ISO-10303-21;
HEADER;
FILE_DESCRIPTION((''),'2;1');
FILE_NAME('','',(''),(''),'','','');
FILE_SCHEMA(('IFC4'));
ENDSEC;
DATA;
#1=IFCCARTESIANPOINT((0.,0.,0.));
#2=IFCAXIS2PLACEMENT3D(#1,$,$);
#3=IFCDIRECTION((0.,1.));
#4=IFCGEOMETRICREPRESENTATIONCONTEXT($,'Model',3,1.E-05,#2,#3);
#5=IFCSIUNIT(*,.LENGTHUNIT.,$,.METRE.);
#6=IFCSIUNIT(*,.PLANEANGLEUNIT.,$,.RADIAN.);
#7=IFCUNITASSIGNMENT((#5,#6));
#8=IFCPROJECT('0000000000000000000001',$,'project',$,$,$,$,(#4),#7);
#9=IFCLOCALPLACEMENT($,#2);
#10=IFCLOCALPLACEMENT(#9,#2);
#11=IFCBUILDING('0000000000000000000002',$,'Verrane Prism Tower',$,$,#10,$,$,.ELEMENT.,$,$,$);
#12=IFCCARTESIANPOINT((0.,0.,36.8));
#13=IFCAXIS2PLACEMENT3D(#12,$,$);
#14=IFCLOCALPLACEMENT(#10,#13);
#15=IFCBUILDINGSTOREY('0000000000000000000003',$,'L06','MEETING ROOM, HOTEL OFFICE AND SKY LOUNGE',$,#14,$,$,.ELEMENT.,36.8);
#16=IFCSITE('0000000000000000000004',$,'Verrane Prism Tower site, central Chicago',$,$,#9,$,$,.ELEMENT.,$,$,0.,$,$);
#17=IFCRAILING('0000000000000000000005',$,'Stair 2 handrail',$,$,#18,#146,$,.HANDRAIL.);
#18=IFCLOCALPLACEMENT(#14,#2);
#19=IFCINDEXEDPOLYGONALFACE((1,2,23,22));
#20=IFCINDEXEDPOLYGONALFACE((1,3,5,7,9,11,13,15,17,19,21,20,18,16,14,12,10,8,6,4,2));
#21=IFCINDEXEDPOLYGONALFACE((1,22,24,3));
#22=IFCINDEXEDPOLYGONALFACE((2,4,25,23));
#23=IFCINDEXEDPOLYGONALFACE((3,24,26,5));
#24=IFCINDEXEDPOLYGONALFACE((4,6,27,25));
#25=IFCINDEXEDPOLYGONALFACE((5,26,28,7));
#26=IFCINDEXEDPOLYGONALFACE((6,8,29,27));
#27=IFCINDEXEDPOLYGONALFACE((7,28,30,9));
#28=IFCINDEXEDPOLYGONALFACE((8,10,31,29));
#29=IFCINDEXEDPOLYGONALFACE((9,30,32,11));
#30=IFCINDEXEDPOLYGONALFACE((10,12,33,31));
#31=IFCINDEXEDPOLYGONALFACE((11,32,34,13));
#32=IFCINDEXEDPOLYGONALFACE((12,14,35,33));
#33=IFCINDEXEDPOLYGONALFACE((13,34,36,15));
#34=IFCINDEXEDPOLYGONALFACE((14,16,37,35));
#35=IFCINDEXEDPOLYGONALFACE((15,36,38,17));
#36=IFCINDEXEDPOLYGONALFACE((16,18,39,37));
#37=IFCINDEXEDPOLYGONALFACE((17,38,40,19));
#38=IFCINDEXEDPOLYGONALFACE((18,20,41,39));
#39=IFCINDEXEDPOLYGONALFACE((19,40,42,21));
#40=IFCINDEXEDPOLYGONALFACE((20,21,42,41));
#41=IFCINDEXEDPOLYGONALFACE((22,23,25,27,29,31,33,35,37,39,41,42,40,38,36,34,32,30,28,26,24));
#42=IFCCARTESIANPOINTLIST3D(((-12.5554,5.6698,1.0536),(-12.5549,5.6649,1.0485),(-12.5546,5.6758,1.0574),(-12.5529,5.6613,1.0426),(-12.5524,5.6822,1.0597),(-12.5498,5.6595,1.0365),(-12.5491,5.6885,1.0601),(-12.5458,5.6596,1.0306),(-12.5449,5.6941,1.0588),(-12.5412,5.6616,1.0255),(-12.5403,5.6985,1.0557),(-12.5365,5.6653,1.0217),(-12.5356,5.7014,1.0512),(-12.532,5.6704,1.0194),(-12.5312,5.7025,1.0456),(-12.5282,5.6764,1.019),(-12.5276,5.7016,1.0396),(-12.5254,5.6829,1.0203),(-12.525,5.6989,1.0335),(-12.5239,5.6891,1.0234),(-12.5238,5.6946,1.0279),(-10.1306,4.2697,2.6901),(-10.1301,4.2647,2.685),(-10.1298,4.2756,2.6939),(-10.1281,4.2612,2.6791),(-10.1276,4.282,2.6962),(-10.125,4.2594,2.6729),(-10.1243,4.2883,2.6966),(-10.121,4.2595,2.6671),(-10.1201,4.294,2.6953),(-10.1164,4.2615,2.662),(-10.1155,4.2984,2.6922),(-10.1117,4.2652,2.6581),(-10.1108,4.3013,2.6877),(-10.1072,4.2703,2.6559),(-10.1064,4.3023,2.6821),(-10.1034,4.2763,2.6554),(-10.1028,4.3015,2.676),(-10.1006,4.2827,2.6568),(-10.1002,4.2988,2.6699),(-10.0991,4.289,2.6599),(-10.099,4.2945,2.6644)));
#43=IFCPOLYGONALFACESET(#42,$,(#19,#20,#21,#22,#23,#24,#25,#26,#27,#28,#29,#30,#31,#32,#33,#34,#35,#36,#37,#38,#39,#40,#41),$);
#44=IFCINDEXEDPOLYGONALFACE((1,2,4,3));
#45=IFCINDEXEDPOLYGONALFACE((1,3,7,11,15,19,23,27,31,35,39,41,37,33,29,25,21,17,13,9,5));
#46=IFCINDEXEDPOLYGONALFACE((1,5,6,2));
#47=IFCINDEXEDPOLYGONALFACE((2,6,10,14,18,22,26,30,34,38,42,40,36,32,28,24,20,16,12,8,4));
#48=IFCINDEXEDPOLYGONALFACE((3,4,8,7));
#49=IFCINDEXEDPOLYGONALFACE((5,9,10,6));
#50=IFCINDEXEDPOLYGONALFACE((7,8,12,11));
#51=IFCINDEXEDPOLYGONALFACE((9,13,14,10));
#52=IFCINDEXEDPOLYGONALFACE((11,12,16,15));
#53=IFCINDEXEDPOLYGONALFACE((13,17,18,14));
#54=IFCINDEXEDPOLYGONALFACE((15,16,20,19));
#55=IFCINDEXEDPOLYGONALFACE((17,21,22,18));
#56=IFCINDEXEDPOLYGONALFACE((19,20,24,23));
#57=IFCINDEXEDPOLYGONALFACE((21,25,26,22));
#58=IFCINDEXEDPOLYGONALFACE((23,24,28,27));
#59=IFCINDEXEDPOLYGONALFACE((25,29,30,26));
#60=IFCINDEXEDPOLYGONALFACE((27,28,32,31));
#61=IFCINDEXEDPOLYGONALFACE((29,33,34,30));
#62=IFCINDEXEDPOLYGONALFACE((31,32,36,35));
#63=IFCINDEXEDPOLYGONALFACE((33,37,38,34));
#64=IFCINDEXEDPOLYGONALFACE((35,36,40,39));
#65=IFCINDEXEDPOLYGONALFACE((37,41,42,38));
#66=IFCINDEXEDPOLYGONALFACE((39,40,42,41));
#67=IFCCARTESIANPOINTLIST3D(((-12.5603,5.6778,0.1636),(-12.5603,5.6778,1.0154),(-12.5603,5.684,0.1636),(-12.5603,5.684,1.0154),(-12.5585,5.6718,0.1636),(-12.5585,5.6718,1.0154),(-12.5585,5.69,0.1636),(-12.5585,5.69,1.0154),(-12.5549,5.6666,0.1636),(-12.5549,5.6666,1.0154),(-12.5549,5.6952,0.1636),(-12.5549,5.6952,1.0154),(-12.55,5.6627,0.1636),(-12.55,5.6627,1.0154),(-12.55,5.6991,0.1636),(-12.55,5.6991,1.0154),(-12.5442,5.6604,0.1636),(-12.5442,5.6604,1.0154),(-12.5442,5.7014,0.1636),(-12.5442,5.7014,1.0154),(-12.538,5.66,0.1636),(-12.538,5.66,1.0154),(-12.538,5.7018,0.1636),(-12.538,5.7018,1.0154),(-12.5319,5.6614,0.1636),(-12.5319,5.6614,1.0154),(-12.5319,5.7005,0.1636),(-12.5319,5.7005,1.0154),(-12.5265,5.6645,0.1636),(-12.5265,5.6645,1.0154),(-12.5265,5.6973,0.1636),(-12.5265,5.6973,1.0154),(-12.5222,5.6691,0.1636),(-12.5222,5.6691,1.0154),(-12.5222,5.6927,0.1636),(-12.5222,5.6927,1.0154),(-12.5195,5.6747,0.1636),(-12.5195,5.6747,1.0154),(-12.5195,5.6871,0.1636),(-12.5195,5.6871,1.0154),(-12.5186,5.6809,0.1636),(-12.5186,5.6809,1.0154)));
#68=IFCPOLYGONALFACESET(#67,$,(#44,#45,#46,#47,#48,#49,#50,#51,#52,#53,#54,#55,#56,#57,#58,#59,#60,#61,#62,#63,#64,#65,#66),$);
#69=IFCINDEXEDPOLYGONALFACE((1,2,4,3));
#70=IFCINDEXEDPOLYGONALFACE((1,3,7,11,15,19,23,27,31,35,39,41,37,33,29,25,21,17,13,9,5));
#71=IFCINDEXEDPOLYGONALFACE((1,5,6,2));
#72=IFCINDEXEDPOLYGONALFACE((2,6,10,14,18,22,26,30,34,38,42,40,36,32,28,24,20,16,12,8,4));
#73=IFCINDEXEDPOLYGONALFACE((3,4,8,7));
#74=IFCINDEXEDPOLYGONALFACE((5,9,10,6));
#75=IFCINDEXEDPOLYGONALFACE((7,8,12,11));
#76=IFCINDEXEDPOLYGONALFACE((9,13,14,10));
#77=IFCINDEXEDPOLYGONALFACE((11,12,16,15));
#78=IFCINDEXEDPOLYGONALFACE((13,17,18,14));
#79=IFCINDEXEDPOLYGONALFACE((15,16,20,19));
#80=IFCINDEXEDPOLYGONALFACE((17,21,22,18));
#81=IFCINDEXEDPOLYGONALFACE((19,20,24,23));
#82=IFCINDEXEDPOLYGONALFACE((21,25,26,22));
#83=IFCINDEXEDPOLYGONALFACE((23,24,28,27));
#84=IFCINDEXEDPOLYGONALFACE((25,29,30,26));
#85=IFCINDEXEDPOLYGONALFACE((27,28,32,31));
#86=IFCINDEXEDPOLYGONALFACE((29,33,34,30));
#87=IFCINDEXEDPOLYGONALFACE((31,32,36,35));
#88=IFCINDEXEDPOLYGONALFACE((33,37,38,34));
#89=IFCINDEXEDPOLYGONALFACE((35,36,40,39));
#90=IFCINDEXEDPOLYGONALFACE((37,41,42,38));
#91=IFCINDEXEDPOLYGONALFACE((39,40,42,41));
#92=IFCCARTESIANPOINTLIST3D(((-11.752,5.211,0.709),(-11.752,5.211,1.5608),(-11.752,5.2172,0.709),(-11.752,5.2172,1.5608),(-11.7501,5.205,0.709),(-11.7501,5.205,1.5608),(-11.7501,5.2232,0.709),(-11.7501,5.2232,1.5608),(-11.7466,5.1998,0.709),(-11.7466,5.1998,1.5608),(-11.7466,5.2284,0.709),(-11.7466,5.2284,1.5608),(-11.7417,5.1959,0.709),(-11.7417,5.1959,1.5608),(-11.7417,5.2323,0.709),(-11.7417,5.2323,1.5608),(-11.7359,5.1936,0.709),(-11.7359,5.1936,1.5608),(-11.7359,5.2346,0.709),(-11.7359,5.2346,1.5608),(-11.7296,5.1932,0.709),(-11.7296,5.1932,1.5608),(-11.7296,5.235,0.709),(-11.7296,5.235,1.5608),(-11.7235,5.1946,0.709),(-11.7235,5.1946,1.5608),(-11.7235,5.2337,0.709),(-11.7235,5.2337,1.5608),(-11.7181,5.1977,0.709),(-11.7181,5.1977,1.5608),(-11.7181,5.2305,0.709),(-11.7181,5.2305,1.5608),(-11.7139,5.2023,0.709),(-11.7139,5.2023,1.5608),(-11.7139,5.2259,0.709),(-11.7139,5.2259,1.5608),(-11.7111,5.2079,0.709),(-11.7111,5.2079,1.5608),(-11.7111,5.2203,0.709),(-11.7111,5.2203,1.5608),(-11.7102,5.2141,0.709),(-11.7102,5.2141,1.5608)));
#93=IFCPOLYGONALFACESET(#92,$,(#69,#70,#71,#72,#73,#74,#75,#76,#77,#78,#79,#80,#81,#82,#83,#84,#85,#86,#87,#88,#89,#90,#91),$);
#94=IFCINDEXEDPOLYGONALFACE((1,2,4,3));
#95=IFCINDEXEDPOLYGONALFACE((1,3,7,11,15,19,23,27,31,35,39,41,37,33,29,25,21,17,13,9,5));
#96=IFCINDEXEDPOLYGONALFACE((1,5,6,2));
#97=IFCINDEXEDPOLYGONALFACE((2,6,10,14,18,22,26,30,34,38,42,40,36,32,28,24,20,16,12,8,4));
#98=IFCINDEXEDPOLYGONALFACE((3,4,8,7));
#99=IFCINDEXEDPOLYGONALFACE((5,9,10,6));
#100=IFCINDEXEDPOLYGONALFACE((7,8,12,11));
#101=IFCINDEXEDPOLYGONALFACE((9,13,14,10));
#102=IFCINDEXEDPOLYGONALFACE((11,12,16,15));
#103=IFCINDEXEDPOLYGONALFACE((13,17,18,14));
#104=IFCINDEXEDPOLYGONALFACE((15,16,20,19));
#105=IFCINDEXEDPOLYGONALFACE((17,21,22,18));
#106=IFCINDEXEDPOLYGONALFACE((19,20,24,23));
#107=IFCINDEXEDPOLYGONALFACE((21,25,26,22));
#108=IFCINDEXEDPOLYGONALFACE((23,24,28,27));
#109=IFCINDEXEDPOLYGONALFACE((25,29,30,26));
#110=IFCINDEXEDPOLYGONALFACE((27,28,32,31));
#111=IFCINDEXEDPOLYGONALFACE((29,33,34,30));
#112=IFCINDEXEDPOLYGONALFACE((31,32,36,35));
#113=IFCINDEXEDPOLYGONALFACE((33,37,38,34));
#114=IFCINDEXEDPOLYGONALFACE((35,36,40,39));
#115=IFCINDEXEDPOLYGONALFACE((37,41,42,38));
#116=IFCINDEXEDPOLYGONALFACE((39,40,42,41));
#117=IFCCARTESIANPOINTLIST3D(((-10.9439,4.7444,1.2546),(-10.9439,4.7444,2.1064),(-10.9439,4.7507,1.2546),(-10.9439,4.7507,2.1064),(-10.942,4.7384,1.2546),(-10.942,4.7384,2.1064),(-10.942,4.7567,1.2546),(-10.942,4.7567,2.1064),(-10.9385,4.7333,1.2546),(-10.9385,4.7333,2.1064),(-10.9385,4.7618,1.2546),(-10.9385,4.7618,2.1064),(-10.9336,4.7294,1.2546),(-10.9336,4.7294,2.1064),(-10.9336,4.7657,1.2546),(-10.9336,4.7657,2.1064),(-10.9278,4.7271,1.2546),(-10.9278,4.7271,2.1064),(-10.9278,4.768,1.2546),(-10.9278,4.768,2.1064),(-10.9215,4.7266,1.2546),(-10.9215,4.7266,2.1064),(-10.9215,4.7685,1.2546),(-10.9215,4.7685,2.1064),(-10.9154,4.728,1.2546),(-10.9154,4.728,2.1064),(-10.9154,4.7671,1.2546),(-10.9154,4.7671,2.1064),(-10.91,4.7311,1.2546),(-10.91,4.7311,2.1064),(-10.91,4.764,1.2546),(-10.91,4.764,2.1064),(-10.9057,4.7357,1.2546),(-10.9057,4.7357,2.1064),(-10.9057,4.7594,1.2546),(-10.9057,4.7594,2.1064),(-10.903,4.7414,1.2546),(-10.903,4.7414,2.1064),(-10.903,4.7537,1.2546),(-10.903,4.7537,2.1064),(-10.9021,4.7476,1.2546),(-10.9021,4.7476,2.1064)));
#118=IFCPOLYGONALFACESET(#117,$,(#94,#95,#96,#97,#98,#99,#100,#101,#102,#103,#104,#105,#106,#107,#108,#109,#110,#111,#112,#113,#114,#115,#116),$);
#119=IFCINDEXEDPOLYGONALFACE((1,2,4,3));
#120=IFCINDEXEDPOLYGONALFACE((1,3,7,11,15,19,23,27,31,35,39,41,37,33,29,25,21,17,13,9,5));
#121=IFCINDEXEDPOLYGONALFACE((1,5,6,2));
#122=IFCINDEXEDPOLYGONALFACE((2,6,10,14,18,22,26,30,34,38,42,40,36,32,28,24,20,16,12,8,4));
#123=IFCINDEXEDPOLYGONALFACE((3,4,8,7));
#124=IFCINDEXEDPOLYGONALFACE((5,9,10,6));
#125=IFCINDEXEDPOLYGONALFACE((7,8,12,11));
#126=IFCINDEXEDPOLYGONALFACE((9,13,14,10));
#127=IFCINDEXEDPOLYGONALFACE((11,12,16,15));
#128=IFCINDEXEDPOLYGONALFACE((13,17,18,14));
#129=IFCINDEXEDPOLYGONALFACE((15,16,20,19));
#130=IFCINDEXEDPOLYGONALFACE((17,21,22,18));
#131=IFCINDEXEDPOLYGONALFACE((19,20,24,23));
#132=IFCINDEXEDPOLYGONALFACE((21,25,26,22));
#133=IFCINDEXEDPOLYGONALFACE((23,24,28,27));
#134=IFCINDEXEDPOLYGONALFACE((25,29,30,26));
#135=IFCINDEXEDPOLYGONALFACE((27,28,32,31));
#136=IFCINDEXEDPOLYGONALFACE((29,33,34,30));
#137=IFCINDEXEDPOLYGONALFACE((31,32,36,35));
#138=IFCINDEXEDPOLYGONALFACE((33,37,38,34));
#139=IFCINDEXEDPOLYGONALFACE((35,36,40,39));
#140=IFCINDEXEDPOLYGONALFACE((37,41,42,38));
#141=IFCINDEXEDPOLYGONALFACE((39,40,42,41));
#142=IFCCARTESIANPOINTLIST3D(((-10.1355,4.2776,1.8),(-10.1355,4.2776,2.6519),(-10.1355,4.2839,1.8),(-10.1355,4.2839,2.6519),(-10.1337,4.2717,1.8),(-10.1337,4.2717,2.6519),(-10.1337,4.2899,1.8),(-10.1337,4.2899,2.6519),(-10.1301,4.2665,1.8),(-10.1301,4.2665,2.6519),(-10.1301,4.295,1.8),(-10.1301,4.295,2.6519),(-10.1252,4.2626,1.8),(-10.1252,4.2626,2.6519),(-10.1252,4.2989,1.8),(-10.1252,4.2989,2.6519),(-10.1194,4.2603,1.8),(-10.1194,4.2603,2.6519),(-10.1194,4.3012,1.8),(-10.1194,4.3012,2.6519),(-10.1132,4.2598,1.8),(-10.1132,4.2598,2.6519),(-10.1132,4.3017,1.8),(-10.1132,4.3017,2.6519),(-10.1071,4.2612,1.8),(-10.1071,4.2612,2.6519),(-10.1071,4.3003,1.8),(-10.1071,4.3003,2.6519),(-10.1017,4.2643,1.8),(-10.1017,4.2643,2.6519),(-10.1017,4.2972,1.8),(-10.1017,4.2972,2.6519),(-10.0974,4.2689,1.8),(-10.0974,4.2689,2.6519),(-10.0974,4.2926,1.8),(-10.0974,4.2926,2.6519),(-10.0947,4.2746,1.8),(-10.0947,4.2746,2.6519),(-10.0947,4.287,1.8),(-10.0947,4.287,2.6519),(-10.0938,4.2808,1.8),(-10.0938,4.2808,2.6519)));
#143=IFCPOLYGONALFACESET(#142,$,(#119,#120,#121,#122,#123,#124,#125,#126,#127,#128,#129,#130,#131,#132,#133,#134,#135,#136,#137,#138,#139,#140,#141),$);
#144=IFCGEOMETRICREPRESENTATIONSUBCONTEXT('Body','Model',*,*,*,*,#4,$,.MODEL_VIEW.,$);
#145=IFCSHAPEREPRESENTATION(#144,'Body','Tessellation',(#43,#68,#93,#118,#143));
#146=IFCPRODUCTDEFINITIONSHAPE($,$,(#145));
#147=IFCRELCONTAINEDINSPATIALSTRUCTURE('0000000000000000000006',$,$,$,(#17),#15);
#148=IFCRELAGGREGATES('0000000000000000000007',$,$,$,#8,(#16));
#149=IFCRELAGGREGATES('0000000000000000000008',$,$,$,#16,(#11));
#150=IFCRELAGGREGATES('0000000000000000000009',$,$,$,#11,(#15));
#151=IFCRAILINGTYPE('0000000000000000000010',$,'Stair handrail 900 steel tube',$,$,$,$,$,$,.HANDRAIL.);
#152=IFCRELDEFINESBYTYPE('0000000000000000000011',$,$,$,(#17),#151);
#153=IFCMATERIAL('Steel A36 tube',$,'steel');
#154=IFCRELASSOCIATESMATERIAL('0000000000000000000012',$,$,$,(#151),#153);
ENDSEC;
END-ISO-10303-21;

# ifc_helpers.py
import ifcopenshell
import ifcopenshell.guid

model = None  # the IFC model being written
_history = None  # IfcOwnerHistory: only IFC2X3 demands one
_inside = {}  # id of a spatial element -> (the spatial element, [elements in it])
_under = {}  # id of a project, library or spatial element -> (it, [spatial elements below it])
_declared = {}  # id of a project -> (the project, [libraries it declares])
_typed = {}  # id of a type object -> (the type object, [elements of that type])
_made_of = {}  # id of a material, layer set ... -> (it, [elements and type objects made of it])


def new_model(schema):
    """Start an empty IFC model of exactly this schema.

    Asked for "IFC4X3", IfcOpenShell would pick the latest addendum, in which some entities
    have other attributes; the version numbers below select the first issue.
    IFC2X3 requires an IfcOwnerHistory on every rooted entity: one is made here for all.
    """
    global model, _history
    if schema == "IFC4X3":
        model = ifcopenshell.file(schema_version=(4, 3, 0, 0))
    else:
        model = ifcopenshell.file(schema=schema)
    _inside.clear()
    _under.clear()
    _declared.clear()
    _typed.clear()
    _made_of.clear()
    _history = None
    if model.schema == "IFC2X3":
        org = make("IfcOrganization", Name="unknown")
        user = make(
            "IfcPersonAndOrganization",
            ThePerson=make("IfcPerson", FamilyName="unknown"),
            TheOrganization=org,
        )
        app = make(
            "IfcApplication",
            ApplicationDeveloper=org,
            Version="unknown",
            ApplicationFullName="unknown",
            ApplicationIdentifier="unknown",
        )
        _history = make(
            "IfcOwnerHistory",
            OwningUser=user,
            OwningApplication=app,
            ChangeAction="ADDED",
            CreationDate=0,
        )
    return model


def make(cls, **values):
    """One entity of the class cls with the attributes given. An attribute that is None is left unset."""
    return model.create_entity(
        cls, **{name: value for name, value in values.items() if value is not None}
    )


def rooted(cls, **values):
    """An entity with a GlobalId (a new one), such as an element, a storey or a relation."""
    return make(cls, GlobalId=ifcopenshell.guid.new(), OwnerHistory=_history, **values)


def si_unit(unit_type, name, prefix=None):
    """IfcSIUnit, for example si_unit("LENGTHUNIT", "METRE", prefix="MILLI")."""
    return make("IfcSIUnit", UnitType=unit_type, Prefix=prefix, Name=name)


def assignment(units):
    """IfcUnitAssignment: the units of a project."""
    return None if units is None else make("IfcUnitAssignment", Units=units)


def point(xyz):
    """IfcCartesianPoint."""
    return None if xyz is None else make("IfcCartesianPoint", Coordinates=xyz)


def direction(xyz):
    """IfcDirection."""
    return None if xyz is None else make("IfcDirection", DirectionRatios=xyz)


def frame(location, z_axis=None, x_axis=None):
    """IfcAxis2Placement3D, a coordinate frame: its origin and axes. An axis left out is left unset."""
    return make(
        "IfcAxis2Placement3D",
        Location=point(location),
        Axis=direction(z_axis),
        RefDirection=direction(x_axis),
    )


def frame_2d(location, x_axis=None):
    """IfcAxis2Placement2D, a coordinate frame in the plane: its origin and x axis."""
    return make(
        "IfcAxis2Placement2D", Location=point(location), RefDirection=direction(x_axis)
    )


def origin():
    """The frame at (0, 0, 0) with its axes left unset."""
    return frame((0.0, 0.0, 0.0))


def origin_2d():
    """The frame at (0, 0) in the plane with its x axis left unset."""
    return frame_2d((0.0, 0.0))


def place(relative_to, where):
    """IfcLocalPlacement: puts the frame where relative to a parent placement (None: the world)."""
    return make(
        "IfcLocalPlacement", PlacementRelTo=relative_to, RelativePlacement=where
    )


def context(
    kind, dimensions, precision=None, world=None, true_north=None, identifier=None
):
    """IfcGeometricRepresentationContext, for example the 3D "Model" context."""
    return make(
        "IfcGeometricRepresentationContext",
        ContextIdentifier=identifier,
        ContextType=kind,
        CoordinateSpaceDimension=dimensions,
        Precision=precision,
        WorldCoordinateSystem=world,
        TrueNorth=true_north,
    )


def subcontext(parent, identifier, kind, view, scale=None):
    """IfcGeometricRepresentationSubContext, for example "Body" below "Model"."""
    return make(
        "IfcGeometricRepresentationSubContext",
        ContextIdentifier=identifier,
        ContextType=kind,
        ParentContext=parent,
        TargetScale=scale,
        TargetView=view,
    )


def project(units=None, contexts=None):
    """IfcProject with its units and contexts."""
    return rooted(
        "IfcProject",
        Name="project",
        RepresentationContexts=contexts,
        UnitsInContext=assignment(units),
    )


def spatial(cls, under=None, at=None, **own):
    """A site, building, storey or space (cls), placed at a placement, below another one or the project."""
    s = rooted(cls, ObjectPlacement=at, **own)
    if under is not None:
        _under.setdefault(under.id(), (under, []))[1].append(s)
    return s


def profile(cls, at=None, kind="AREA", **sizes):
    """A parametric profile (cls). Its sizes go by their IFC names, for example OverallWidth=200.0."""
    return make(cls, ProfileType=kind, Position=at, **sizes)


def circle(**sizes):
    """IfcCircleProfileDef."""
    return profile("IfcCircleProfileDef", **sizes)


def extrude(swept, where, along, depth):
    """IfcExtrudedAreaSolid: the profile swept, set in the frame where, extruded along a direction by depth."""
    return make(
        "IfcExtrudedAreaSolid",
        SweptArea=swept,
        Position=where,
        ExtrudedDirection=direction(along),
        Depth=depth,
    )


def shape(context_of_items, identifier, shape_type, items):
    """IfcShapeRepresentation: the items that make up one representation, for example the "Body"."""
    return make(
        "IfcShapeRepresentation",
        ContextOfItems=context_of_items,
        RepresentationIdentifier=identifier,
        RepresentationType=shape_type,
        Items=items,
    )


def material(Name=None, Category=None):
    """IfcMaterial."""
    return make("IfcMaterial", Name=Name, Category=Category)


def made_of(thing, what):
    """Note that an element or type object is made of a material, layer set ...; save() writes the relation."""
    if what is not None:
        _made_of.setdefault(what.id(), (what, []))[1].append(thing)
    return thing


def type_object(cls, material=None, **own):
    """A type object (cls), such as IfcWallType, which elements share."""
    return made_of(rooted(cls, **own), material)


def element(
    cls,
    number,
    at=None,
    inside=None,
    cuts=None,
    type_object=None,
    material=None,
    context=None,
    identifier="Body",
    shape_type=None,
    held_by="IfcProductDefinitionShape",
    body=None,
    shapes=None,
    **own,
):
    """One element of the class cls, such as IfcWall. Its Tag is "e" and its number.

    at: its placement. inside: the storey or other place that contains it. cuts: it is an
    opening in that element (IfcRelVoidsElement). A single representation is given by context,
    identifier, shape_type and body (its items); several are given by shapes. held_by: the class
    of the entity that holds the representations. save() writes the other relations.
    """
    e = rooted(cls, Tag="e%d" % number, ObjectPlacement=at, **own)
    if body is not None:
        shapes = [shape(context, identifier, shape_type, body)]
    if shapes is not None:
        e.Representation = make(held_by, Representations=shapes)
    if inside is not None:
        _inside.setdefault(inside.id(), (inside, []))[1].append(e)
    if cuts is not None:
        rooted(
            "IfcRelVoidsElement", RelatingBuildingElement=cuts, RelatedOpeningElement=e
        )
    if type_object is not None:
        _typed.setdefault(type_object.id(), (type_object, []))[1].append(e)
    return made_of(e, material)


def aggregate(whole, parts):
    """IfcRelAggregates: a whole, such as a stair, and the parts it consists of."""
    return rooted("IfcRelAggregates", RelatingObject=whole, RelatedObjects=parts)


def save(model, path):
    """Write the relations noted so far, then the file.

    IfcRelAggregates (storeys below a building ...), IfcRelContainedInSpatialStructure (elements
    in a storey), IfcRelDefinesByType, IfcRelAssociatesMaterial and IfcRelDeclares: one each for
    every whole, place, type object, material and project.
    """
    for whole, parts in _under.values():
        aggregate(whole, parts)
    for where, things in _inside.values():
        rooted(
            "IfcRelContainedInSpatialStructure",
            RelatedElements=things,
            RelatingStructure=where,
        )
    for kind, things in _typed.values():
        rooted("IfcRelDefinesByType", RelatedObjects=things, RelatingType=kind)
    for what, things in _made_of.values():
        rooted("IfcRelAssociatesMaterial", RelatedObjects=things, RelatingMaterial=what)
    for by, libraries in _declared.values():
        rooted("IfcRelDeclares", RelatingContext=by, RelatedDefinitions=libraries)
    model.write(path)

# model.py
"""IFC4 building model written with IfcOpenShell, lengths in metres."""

from ifc_helpers import new_model, si_unit, direction, frame, origin, origin_2d, place, context, subcontext, project, spatial, circle, extrude, material, type_object, element, save


model = new_model("IFC4")

# Units and contexts
model_context = context("Model", 3, precision=1e-05, world=origin(), true_north=direction((0.0, 1.0)))
body_context = subcontext(model_context, "Body", "Model", "MODEL_VIEW")
ifc_project = project(units=[si_unit("LENGTHUNIT", "METRE"), si_unit("PLANEANGLEUNIT", "RADIAN")], contexts=[model_context])

# Site, building, storey
site_placement = place(None, origin())
site = spatial("IfcSite", under=ifc_project, at=site_placement, Name="Verrane Prism Tower site, central Chicago", CompositionType="ELEMENT", RefElevation=0.0)
building_placement = place(site_placement, origin())
building = spatial("IfcBuilding", under=site, at=building_placement, Name="Verrane Prism Tower", CompositionType="ELEMENT")
storey_placement = place(building_placement, frame((0.0, 0.0, 36.8)))
storey = spatial("IfcBuildingStorey", under=building, at=storey_placement, Name="L06", Description="MEETING ROOM, HOTEL OFFICE AND SKY LOUNGE", CompositionType="ELEMENT", Elevation=36.8)

# Railing
ifc_material_1 = material(Name="Steel A36 tube", Category="steel")
railing_type_1 = type_object("IfcRailingType", Name="Stair handrail 900 steel tube", PredefinedType="HANDRAIL", material=ifc_material_1)
railing_1_placement = place(storey_placement, frame((-12.5396, 5.6809, 0.1636)))
element("IfcRailing", 1, at=railing_1_placement, inside=storey, type_object=railing_type_1, Name="Stair 2 handrail", PredefinedType="HANDRAIL", context=body_context, shape_type="SweptSolid", body=[
    extrude(circle(Radius=0.0239, at=origin_2d()), frame((0.0, 0.0, 0.876), z_axis=(0.747666, -0.431722, 0.504591), x_axis=(0.50005, 0.865997, 0.0)), (0.0, 0.0, 1.0), 3.2432),
    extrude(circle(Radius=0.021, at=origin_2d()), origin(), (0.0, 0.0, 1.0), 0.8518),
    extrude(circle(Radius=0.021, at=origin_2d()), frame((0.8083, -0.4668, 0.5454)), (0.0, 0.0, 1.0), 0.8518),
    extrude(circle(Radius=0.021, at=origin_2d()), frame((1.6165, -0.9333, 1.0911)), (0.0, 0.0, 1.0), 0.8518),
    extrude(circle(Radius=0.021, at=origin_2d()), frame((2.4248, -1.4001, 1.6365)), (0.0, 0.0, 1.0), 0.8518),
])

save(model, "model.ifc")
